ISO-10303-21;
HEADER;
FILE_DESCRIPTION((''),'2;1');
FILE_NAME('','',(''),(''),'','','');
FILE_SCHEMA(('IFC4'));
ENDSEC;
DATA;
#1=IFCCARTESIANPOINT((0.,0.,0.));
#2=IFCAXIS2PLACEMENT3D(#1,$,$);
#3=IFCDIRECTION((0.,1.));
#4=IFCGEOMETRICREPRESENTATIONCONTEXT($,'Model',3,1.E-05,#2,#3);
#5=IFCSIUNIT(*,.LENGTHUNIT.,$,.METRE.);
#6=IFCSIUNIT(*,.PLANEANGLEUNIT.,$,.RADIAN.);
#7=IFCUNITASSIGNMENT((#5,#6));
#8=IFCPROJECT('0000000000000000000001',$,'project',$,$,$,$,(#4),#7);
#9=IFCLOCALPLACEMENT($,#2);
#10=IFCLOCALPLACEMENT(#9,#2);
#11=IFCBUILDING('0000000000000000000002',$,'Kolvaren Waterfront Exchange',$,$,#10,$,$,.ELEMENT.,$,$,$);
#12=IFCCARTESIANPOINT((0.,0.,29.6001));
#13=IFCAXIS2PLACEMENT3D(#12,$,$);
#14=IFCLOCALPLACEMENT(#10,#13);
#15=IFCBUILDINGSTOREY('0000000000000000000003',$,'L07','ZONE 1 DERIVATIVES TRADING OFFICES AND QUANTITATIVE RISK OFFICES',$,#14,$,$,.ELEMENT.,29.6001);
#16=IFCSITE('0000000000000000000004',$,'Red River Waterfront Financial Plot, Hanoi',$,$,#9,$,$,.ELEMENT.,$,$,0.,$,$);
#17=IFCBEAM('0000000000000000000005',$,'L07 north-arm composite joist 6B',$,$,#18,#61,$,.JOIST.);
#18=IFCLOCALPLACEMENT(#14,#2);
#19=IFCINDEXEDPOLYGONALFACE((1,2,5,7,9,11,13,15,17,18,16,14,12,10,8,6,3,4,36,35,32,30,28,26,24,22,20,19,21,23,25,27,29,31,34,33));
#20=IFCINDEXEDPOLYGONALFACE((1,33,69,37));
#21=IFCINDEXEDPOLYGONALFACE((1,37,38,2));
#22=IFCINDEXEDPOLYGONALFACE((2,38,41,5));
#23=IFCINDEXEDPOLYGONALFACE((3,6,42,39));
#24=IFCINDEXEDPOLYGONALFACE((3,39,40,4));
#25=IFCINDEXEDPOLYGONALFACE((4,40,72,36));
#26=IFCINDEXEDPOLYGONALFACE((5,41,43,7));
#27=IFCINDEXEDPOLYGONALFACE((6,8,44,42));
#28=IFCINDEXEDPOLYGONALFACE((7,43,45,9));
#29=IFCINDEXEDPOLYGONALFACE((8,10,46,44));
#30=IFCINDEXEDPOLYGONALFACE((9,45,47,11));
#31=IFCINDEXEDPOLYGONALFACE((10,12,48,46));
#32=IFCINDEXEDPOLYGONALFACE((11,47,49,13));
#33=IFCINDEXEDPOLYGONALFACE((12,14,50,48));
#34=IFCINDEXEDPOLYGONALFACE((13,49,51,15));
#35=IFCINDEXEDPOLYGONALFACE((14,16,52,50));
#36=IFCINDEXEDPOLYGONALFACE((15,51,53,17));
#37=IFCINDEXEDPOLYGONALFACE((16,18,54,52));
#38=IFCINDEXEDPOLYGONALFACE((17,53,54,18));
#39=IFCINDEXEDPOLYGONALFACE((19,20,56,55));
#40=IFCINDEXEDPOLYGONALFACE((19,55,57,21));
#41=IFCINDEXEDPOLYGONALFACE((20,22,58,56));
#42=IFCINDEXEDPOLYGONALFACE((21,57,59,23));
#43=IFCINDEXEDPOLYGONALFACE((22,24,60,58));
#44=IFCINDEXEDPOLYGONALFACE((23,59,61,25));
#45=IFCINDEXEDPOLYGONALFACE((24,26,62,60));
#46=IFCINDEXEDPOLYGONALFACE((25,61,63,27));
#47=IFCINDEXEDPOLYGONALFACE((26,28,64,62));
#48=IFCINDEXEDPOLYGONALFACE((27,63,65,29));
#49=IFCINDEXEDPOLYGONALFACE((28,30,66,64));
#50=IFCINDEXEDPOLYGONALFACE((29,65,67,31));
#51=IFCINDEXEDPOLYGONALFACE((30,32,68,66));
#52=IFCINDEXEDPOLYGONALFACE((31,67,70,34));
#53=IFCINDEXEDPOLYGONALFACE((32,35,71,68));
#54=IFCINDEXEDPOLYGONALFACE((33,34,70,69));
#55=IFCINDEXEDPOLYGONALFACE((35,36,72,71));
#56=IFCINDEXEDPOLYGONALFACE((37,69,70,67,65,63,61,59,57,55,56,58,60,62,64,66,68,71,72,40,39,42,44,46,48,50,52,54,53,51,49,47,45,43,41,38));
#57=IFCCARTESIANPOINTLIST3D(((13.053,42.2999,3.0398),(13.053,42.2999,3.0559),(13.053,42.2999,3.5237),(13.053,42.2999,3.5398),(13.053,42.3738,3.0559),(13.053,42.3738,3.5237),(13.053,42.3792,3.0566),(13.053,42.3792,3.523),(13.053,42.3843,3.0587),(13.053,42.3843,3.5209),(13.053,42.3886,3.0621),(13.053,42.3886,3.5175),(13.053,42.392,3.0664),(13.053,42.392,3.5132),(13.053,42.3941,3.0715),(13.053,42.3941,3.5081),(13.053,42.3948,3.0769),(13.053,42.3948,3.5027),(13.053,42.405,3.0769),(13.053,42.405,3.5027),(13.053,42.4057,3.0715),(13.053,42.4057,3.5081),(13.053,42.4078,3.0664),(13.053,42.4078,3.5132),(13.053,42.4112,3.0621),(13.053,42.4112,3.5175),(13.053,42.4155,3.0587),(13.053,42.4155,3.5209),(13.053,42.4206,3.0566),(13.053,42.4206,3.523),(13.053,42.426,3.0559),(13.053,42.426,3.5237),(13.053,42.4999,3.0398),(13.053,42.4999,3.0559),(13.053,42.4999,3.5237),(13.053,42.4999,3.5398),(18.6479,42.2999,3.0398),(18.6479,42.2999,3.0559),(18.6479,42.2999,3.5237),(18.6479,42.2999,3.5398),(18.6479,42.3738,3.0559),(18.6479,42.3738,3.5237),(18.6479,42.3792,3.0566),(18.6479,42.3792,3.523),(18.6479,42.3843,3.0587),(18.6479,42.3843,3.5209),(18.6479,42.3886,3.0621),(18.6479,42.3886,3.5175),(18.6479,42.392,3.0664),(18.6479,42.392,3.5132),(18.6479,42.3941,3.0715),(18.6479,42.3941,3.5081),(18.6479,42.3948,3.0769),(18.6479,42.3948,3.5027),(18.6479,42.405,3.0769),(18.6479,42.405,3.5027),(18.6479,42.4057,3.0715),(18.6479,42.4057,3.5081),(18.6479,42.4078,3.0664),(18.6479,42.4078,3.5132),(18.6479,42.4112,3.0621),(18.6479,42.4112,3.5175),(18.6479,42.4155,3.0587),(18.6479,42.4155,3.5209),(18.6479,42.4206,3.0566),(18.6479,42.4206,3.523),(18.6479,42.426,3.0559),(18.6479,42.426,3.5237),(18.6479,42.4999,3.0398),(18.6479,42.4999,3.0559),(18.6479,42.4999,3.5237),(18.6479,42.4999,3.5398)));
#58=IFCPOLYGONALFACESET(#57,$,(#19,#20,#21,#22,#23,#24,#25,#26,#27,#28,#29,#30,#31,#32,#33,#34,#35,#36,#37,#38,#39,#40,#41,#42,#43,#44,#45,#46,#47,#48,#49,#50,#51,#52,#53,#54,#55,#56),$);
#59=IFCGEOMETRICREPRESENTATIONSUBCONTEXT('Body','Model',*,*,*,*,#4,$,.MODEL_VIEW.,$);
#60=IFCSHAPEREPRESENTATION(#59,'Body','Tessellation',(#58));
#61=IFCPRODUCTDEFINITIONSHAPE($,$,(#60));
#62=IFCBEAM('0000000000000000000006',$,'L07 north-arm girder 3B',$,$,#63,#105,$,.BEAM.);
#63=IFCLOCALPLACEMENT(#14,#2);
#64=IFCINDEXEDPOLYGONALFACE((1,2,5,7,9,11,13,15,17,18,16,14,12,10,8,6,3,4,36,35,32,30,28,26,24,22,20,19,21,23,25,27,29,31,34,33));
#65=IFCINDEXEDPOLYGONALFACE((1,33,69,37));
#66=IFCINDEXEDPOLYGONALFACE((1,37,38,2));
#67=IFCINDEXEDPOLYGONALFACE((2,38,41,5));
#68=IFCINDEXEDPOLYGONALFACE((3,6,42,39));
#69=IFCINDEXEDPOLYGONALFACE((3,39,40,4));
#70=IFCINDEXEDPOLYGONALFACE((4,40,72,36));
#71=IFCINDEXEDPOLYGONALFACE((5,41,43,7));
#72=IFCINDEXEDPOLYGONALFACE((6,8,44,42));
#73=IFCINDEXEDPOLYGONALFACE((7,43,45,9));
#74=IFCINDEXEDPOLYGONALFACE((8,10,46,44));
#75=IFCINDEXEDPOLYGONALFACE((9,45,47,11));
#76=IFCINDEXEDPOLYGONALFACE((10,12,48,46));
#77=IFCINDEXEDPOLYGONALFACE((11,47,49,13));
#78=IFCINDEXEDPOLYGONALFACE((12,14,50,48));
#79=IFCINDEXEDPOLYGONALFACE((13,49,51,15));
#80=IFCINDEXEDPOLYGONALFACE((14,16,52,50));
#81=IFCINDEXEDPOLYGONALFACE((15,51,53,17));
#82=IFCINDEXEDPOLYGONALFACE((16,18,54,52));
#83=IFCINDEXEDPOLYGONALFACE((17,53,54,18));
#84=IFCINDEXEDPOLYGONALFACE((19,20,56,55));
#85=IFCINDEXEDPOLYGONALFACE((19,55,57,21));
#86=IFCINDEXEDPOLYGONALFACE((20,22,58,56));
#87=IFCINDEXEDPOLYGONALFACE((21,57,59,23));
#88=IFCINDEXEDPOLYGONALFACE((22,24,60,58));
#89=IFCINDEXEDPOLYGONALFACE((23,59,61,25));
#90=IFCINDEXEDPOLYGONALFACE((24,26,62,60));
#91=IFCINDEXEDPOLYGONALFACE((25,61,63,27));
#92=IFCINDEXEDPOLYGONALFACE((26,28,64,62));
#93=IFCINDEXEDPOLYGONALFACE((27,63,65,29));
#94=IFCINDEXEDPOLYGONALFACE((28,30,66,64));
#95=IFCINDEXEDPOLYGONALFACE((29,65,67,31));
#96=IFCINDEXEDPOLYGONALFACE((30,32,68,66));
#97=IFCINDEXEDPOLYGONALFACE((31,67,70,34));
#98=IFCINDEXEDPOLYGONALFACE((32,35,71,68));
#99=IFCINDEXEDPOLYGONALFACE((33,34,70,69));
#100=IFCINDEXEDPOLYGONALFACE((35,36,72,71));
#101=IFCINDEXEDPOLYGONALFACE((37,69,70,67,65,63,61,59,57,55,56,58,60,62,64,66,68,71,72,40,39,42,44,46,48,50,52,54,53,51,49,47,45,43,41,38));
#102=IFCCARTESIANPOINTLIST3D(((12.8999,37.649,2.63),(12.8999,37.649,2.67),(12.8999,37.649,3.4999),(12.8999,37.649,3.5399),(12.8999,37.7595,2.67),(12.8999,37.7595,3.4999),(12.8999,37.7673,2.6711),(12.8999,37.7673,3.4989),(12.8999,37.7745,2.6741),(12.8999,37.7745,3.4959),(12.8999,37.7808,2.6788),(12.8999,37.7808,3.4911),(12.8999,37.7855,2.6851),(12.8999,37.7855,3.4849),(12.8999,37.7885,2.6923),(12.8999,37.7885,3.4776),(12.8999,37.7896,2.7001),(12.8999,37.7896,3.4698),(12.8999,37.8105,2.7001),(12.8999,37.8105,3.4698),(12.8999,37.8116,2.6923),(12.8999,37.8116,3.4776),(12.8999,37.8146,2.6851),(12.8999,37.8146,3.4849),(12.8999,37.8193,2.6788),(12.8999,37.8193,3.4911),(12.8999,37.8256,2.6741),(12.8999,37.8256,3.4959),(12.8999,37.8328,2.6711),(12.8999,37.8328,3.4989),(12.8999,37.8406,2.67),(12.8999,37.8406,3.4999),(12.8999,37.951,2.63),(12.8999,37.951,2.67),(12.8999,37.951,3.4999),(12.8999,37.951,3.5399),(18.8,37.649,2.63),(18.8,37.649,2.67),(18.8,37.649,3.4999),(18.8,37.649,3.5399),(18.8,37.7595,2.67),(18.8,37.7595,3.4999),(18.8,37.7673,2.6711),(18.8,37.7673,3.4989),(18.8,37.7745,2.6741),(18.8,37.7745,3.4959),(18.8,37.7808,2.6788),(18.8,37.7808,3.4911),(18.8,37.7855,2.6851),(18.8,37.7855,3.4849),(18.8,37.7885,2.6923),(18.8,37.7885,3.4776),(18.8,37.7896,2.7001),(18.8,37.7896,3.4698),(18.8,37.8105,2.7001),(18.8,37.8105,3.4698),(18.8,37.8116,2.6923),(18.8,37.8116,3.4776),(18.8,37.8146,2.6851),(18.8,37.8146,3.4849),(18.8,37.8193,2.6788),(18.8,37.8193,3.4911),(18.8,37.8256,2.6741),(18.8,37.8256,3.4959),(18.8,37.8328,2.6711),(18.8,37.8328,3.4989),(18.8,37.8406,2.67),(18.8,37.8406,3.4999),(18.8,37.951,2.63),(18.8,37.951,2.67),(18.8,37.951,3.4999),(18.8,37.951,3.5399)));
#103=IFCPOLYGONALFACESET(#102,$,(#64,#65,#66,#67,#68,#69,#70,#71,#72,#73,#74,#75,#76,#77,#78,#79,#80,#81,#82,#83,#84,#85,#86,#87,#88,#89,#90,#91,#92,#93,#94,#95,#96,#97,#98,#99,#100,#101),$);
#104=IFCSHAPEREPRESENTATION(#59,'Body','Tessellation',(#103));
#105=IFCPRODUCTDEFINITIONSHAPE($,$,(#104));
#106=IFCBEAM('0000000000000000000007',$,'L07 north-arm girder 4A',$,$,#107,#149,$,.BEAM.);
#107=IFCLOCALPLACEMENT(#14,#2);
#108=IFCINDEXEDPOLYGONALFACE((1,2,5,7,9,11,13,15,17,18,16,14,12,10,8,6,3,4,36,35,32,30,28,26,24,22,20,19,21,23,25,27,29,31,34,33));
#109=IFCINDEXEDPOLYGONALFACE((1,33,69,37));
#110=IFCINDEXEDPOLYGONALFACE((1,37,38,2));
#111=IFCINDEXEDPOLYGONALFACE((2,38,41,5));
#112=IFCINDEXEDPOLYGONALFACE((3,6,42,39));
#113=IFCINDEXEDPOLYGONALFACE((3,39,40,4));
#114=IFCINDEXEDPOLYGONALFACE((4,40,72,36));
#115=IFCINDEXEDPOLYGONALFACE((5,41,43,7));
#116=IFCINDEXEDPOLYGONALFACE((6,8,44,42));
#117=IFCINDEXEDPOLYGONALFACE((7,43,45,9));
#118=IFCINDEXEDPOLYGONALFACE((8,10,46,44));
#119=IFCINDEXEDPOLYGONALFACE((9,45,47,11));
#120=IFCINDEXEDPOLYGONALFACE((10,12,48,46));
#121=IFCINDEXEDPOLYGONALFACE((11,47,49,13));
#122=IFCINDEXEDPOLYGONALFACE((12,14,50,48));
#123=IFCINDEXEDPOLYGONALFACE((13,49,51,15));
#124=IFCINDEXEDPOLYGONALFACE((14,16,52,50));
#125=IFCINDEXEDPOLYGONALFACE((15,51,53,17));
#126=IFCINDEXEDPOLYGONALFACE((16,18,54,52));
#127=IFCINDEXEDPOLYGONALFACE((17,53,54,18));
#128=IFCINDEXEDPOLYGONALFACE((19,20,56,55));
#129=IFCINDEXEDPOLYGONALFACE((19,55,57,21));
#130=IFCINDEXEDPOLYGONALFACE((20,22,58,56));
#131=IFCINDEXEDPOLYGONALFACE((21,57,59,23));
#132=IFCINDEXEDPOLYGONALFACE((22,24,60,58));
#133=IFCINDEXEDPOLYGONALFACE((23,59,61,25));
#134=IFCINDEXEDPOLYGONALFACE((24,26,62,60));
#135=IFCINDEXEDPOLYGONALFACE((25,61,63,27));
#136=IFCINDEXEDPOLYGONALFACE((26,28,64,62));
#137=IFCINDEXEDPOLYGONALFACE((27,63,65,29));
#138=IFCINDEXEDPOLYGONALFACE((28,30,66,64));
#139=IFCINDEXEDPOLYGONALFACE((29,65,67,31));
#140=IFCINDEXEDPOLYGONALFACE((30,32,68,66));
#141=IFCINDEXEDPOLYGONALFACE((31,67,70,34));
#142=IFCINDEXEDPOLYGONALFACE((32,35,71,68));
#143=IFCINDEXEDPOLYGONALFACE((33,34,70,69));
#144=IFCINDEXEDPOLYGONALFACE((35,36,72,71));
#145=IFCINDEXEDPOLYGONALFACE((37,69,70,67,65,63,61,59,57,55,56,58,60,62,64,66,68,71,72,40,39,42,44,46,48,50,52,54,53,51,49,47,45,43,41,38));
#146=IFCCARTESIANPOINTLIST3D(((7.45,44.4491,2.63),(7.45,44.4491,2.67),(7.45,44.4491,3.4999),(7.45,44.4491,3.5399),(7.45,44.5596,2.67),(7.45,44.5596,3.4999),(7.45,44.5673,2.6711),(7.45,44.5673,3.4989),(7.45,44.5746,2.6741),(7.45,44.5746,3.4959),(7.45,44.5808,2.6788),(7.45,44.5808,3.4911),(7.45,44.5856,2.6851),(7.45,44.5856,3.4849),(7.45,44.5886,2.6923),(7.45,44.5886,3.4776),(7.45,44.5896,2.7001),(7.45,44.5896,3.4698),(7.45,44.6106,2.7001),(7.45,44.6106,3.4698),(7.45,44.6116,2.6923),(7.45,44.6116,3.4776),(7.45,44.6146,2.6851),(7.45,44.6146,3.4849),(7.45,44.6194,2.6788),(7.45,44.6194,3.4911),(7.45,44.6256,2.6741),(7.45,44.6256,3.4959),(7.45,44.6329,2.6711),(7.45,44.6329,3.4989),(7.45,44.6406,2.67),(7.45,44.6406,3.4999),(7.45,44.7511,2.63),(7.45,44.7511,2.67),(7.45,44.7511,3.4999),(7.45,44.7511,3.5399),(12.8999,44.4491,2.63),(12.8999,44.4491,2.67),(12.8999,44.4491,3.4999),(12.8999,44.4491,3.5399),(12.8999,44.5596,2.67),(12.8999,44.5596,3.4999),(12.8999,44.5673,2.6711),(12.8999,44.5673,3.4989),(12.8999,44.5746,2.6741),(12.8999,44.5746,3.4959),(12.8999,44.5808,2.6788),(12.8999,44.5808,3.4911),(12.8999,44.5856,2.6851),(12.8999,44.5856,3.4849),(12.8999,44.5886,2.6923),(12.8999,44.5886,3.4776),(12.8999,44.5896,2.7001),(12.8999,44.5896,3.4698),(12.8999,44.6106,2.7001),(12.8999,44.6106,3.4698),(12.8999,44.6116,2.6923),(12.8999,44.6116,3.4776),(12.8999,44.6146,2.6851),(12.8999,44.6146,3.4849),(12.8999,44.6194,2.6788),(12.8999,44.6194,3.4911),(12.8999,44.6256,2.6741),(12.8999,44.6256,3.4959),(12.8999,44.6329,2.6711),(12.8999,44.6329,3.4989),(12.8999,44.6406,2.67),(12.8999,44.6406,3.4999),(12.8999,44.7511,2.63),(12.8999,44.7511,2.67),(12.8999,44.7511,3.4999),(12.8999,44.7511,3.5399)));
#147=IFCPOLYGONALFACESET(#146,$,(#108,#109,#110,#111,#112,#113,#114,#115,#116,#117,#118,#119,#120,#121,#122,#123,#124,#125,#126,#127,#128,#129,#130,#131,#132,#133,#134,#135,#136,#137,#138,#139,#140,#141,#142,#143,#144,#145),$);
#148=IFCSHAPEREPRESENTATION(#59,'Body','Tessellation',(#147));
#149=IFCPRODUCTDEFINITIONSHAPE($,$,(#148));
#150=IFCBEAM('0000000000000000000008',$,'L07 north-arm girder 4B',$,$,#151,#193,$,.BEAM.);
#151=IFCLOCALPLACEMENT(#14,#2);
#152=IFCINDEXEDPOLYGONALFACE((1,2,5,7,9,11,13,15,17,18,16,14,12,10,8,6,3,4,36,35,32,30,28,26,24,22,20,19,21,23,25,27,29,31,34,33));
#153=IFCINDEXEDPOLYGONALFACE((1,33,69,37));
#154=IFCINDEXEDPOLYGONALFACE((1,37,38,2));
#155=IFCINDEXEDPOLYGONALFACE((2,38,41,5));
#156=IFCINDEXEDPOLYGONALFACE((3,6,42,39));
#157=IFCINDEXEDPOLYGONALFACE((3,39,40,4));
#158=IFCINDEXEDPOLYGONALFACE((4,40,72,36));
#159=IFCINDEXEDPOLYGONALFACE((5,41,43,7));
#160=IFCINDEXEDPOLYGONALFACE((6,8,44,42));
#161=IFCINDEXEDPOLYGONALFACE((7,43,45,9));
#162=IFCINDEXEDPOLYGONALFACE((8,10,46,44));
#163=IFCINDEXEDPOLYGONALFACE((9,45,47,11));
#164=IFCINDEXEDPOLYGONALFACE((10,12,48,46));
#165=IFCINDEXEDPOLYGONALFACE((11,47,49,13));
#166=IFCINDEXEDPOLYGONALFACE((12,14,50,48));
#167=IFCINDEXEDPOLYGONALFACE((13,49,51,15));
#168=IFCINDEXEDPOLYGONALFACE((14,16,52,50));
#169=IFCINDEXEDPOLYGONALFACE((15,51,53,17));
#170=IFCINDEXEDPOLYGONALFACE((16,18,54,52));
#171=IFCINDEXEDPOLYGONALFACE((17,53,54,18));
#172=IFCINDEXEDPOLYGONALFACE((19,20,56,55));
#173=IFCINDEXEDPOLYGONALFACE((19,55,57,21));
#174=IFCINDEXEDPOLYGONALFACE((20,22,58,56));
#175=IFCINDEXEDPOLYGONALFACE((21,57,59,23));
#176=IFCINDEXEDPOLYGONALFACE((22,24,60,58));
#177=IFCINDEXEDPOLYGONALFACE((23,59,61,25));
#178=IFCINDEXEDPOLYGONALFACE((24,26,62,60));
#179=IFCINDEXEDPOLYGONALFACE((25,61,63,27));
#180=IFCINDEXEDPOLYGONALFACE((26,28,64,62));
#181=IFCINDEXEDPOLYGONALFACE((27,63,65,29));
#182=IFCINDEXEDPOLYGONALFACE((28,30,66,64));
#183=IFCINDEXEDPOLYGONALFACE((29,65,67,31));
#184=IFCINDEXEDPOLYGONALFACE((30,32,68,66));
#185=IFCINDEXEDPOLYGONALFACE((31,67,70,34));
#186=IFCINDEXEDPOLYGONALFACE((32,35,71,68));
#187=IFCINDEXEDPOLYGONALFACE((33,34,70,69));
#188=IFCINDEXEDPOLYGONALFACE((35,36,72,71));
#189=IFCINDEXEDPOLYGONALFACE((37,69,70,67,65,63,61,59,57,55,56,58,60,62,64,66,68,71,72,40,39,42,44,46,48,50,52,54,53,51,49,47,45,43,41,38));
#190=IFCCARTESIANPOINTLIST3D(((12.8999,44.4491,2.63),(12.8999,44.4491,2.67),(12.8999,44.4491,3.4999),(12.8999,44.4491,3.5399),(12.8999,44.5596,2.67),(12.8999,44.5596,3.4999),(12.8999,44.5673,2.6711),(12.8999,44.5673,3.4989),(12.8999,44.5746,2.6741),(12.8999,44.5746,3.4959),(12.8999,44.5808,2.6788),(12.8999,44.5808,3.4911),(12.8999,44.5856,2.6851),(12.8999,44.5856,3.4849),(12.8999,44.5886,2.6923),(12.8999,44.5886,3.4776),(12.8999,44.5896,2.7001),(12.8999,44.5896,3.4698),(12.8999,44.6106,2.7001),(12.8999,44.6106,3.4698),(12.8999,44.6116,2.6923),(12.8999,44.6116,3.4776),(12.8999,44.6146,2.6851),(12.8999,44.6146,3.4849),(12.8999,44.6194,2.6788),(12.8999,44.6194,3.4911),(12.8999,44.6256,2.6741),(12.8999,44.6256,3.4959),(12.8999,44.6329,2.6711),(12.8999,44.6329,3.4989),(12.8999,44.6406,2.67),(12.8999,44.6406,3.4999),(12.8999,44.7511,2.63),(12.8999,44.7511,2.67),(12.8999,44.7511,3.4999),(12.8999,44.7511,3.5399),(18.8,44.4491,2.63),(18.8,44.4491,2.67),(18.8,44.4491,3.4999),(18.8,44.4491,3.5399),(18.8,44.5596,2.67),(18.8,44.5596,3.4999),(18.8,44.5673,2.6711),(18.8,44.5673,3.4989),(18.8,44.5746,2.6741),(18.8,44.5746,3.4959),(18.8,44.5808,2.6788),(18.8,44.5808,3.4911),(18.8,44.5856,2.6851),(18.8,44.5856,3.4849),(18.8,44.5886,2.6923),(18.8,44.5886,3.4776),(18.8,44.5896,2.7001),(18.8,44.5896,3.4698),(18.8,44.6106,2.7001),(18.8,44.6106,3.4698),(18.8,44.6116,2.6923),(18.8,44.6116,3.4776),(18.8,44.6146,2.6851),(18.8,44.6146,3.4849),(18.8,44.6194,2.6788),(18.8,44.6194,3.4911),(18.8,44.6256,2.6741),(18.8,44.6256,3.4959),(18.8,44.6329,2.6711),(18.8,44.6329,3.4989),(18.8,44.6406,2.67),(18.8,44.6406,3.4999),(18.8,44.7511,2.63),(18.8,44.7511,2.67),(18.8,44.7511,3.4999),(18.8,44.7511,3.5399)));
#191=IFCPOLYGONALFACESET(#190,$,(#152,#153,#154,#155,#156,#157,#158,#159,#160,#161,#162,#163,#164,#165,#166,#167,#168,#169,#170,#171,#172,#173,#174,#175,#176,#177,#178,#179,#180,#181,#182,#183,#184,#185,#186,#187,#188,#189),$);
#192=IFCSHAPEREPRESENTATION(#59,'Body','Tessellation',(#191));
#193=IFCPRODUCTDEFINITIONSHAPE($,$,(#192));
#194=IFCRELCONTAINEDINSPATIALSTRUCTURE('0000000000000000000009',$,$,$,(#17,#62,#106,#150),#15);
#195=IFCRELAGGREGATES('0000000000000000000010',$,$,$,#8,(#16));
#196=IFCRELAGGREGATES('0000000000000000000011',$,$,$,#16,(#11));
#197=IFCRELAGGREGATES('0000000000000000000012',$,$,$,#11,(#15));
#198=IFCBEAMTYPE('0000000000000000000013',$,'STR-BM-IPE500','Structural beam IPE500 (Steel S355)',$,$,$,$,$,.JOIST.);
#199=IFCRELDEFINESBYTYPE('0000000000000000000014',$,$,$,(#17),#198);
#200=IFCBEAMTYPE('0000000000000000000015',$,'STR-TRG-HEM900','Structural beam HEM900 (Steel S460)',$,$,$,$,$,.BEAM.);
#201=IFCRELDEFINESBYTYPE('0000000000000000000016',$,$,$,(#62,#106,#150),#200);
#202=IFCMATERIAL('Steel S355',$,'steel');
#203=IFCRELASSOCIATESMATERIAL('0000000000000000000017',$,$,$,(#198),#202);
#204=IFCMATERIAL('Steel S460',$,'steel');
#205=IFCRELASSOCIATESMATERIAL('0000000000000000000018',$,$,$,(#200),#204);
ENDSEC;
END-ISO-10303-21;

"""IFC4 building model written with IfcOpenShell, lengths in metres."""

from ifc_helpers import new_model, si_unit, direction, frame, origin, origin_2d, place, context, subcontext, project, spatial, i_section, extrude, material, material_profile, profile_set, type_object, element, save


model = new_model("IFC4")

# Units and contexts
model_context = context("Model", 3, precision=1e-05, world=origin(), true_north=direction((0.0, 1.0)))
body_context = subcontext(model_context, "Body", "Model", "MODEL_VIEW")
ifc_project = project(units=[si_unit("LENGTHUNIT", "METRE"), si_unit("PLANEANGLEUNIT", "RADIAN")], contexts=[model_context])

# Site, building, storey
site_placement = place(None, origin())
site = spatial("IfcSite", under=ifc_project, at=site_placement, Name="Red River Waterfront Financial Plot, Hanoi", CompositionType="ELEMENT", RefElevation=0.0)
building_placement = place(site_placement, origin())
building = spatial("IfcBuilding", under=site, at=building_placement, Name="Kolvaren Waterfront Exchange", CompositionType="ELEMENT")
storey_placement = place(building_placement, frame((0.0, 0.0, 29.6001)))
storey = spatial("IfcBuildingStorey", under=building, at=storey_placement, Name="L07", Description="ZONE 1 DERIVATIVES TRADING OFFICES AND QUANTITATIVE RISK OFFICES", CompositionType="ELEMENT", Elevation=29.6001)

# Beams
ifc_material_1 = material(Name="Steel S355", Category="steel")
ifc_material_profile_1 = material_profile(ifc_material_1, i_section(OverallWidth=0.2, OverallDepth=0.5, WebThickness=0.0103, FlangeThickness=0.0161, FilletRadius=0.021, at=origin_2d()), Name="IPE500")
ifc_profile_set_1 = profile_set([ifc_material_profile_1], Name="Steel S355")
beam_type_1 = type_object("IfcBeamType", Name="STR-BM-IPE500", Description="Structural beam IPE500 (Steel S355)", PredefinedType="JOIST", material=ifc_profile_set_1)
beam_1_placement = place(storey_placement, frame((13.053, 42.3999, 3.2898), z_axis=(1.0, 0.0, 0.0), x_axis=(0.0, 1.0, 0.0)))
element("IfcBeam", 1, at=beam_1_placement, inside=storey, type_object=beam_type_1, Name="L07 north-arm composite joist 6B", PredefinedType="JOIST", context=body_context, shape_type="SweptSolid", body=[
    extrude(i_section(OverallWidth=0.2, OverallDepth=0.5, WebThickness=0.0103, FlangeThickness=0.0161, FilletRadius=0.021, at=origin_2d()), origin(), (0.0, 0.0, 1.0), 5.595),
])
ifc_material_2 = material(Name="Steel S460", Category="steel")
ifc_material_profile_2 = material_profile(ifc_material_2, i_section(OverallWidth=0.302, OverallDepth=0.9099, WebThickness=0.021, FlangeThickness=0.04, FilletRadius=0.03, at=origin_2d()), Name="HEM900")
ifc_profile_set_2 = profile_set([ifc_material_profile_2], Name="Steel S460")
beam_type_2 = type_object("IfcBeamType", Name="STR-TRG-HEM900", Description="Structural beam HEM900 (Steel S460)", PredefinedType="BEAM", material=ifc_profile_set_2)
beam_2_placement = place(storey_placement, frame((12.8999, 37.8, 3.085), z_axis=(1.0, 0.0, 0.0), x_axis=(0.0, 1.0, 0.0)))
element("IfcBeam", 2, at=beam_2_placement, inside=storey, type_object=beam_type_2, Name="L07 north-arm girder 3B", PredefinedType="BEAM", context=body_context, shape_type="SweptSolid", body=[
    extrude(i_section(OverallWidth=0.302, OverallDepth=0.9099, WebThickness=0.021, FlangeThickness=0.04, FilletRadius=0.03, at=origin_2d()), origin(), (0.0, 0.0, 1.0), 5.9001),
])
beam_3_placement = place(storey_placement, frame((7.45, 44.6001, 3.085), z_axis=(1.0, 0.0, 0.0), x_axis=(0.0, 1.0, 0.0)))
element("IfcBeam", 3, at=beam_3_placement, inside=storey, type_object=beam_type_2, Name="L07 north-arm girder 4A", PredefinedType="BEAM", context=body_context, shape_type="SweptSolid", body=[
    extrude(i_section(OverallWidth=0.302, OverallDepth=0.9099, WebThickness=0.021, FlangeThickness=0.04, FilletRadius=0.03, at=origin_2d()), origin(), (0.0, 0.0, 1.0), 5.45),
])
beam_4_placement = place(storey_placement, frame((12.8999, 44.6001, 3.085), z_axis=(1.0, 0.0, 0.0), x_axis=(0.0, 1.0, 0.0)))
element("IfcBeam", 4, at=beam_4_placement, inside=storey, type_object=beam_type_2, Name="L07 north-arm girder 4B", PredefinedType="BEAM", context=body_context, shape_type="SweptSolid", body=[
    extrude(i_section(OverallWidth=0.302, OverallDepth=0.9099, WebThickness=0.021, FlangeThickness=0.04, FilletRadius=0.03, at=origin_2d()), origin(), (0.0, 0.0, 1.0), 5.9001),
])

save(model, "model.ifc")
